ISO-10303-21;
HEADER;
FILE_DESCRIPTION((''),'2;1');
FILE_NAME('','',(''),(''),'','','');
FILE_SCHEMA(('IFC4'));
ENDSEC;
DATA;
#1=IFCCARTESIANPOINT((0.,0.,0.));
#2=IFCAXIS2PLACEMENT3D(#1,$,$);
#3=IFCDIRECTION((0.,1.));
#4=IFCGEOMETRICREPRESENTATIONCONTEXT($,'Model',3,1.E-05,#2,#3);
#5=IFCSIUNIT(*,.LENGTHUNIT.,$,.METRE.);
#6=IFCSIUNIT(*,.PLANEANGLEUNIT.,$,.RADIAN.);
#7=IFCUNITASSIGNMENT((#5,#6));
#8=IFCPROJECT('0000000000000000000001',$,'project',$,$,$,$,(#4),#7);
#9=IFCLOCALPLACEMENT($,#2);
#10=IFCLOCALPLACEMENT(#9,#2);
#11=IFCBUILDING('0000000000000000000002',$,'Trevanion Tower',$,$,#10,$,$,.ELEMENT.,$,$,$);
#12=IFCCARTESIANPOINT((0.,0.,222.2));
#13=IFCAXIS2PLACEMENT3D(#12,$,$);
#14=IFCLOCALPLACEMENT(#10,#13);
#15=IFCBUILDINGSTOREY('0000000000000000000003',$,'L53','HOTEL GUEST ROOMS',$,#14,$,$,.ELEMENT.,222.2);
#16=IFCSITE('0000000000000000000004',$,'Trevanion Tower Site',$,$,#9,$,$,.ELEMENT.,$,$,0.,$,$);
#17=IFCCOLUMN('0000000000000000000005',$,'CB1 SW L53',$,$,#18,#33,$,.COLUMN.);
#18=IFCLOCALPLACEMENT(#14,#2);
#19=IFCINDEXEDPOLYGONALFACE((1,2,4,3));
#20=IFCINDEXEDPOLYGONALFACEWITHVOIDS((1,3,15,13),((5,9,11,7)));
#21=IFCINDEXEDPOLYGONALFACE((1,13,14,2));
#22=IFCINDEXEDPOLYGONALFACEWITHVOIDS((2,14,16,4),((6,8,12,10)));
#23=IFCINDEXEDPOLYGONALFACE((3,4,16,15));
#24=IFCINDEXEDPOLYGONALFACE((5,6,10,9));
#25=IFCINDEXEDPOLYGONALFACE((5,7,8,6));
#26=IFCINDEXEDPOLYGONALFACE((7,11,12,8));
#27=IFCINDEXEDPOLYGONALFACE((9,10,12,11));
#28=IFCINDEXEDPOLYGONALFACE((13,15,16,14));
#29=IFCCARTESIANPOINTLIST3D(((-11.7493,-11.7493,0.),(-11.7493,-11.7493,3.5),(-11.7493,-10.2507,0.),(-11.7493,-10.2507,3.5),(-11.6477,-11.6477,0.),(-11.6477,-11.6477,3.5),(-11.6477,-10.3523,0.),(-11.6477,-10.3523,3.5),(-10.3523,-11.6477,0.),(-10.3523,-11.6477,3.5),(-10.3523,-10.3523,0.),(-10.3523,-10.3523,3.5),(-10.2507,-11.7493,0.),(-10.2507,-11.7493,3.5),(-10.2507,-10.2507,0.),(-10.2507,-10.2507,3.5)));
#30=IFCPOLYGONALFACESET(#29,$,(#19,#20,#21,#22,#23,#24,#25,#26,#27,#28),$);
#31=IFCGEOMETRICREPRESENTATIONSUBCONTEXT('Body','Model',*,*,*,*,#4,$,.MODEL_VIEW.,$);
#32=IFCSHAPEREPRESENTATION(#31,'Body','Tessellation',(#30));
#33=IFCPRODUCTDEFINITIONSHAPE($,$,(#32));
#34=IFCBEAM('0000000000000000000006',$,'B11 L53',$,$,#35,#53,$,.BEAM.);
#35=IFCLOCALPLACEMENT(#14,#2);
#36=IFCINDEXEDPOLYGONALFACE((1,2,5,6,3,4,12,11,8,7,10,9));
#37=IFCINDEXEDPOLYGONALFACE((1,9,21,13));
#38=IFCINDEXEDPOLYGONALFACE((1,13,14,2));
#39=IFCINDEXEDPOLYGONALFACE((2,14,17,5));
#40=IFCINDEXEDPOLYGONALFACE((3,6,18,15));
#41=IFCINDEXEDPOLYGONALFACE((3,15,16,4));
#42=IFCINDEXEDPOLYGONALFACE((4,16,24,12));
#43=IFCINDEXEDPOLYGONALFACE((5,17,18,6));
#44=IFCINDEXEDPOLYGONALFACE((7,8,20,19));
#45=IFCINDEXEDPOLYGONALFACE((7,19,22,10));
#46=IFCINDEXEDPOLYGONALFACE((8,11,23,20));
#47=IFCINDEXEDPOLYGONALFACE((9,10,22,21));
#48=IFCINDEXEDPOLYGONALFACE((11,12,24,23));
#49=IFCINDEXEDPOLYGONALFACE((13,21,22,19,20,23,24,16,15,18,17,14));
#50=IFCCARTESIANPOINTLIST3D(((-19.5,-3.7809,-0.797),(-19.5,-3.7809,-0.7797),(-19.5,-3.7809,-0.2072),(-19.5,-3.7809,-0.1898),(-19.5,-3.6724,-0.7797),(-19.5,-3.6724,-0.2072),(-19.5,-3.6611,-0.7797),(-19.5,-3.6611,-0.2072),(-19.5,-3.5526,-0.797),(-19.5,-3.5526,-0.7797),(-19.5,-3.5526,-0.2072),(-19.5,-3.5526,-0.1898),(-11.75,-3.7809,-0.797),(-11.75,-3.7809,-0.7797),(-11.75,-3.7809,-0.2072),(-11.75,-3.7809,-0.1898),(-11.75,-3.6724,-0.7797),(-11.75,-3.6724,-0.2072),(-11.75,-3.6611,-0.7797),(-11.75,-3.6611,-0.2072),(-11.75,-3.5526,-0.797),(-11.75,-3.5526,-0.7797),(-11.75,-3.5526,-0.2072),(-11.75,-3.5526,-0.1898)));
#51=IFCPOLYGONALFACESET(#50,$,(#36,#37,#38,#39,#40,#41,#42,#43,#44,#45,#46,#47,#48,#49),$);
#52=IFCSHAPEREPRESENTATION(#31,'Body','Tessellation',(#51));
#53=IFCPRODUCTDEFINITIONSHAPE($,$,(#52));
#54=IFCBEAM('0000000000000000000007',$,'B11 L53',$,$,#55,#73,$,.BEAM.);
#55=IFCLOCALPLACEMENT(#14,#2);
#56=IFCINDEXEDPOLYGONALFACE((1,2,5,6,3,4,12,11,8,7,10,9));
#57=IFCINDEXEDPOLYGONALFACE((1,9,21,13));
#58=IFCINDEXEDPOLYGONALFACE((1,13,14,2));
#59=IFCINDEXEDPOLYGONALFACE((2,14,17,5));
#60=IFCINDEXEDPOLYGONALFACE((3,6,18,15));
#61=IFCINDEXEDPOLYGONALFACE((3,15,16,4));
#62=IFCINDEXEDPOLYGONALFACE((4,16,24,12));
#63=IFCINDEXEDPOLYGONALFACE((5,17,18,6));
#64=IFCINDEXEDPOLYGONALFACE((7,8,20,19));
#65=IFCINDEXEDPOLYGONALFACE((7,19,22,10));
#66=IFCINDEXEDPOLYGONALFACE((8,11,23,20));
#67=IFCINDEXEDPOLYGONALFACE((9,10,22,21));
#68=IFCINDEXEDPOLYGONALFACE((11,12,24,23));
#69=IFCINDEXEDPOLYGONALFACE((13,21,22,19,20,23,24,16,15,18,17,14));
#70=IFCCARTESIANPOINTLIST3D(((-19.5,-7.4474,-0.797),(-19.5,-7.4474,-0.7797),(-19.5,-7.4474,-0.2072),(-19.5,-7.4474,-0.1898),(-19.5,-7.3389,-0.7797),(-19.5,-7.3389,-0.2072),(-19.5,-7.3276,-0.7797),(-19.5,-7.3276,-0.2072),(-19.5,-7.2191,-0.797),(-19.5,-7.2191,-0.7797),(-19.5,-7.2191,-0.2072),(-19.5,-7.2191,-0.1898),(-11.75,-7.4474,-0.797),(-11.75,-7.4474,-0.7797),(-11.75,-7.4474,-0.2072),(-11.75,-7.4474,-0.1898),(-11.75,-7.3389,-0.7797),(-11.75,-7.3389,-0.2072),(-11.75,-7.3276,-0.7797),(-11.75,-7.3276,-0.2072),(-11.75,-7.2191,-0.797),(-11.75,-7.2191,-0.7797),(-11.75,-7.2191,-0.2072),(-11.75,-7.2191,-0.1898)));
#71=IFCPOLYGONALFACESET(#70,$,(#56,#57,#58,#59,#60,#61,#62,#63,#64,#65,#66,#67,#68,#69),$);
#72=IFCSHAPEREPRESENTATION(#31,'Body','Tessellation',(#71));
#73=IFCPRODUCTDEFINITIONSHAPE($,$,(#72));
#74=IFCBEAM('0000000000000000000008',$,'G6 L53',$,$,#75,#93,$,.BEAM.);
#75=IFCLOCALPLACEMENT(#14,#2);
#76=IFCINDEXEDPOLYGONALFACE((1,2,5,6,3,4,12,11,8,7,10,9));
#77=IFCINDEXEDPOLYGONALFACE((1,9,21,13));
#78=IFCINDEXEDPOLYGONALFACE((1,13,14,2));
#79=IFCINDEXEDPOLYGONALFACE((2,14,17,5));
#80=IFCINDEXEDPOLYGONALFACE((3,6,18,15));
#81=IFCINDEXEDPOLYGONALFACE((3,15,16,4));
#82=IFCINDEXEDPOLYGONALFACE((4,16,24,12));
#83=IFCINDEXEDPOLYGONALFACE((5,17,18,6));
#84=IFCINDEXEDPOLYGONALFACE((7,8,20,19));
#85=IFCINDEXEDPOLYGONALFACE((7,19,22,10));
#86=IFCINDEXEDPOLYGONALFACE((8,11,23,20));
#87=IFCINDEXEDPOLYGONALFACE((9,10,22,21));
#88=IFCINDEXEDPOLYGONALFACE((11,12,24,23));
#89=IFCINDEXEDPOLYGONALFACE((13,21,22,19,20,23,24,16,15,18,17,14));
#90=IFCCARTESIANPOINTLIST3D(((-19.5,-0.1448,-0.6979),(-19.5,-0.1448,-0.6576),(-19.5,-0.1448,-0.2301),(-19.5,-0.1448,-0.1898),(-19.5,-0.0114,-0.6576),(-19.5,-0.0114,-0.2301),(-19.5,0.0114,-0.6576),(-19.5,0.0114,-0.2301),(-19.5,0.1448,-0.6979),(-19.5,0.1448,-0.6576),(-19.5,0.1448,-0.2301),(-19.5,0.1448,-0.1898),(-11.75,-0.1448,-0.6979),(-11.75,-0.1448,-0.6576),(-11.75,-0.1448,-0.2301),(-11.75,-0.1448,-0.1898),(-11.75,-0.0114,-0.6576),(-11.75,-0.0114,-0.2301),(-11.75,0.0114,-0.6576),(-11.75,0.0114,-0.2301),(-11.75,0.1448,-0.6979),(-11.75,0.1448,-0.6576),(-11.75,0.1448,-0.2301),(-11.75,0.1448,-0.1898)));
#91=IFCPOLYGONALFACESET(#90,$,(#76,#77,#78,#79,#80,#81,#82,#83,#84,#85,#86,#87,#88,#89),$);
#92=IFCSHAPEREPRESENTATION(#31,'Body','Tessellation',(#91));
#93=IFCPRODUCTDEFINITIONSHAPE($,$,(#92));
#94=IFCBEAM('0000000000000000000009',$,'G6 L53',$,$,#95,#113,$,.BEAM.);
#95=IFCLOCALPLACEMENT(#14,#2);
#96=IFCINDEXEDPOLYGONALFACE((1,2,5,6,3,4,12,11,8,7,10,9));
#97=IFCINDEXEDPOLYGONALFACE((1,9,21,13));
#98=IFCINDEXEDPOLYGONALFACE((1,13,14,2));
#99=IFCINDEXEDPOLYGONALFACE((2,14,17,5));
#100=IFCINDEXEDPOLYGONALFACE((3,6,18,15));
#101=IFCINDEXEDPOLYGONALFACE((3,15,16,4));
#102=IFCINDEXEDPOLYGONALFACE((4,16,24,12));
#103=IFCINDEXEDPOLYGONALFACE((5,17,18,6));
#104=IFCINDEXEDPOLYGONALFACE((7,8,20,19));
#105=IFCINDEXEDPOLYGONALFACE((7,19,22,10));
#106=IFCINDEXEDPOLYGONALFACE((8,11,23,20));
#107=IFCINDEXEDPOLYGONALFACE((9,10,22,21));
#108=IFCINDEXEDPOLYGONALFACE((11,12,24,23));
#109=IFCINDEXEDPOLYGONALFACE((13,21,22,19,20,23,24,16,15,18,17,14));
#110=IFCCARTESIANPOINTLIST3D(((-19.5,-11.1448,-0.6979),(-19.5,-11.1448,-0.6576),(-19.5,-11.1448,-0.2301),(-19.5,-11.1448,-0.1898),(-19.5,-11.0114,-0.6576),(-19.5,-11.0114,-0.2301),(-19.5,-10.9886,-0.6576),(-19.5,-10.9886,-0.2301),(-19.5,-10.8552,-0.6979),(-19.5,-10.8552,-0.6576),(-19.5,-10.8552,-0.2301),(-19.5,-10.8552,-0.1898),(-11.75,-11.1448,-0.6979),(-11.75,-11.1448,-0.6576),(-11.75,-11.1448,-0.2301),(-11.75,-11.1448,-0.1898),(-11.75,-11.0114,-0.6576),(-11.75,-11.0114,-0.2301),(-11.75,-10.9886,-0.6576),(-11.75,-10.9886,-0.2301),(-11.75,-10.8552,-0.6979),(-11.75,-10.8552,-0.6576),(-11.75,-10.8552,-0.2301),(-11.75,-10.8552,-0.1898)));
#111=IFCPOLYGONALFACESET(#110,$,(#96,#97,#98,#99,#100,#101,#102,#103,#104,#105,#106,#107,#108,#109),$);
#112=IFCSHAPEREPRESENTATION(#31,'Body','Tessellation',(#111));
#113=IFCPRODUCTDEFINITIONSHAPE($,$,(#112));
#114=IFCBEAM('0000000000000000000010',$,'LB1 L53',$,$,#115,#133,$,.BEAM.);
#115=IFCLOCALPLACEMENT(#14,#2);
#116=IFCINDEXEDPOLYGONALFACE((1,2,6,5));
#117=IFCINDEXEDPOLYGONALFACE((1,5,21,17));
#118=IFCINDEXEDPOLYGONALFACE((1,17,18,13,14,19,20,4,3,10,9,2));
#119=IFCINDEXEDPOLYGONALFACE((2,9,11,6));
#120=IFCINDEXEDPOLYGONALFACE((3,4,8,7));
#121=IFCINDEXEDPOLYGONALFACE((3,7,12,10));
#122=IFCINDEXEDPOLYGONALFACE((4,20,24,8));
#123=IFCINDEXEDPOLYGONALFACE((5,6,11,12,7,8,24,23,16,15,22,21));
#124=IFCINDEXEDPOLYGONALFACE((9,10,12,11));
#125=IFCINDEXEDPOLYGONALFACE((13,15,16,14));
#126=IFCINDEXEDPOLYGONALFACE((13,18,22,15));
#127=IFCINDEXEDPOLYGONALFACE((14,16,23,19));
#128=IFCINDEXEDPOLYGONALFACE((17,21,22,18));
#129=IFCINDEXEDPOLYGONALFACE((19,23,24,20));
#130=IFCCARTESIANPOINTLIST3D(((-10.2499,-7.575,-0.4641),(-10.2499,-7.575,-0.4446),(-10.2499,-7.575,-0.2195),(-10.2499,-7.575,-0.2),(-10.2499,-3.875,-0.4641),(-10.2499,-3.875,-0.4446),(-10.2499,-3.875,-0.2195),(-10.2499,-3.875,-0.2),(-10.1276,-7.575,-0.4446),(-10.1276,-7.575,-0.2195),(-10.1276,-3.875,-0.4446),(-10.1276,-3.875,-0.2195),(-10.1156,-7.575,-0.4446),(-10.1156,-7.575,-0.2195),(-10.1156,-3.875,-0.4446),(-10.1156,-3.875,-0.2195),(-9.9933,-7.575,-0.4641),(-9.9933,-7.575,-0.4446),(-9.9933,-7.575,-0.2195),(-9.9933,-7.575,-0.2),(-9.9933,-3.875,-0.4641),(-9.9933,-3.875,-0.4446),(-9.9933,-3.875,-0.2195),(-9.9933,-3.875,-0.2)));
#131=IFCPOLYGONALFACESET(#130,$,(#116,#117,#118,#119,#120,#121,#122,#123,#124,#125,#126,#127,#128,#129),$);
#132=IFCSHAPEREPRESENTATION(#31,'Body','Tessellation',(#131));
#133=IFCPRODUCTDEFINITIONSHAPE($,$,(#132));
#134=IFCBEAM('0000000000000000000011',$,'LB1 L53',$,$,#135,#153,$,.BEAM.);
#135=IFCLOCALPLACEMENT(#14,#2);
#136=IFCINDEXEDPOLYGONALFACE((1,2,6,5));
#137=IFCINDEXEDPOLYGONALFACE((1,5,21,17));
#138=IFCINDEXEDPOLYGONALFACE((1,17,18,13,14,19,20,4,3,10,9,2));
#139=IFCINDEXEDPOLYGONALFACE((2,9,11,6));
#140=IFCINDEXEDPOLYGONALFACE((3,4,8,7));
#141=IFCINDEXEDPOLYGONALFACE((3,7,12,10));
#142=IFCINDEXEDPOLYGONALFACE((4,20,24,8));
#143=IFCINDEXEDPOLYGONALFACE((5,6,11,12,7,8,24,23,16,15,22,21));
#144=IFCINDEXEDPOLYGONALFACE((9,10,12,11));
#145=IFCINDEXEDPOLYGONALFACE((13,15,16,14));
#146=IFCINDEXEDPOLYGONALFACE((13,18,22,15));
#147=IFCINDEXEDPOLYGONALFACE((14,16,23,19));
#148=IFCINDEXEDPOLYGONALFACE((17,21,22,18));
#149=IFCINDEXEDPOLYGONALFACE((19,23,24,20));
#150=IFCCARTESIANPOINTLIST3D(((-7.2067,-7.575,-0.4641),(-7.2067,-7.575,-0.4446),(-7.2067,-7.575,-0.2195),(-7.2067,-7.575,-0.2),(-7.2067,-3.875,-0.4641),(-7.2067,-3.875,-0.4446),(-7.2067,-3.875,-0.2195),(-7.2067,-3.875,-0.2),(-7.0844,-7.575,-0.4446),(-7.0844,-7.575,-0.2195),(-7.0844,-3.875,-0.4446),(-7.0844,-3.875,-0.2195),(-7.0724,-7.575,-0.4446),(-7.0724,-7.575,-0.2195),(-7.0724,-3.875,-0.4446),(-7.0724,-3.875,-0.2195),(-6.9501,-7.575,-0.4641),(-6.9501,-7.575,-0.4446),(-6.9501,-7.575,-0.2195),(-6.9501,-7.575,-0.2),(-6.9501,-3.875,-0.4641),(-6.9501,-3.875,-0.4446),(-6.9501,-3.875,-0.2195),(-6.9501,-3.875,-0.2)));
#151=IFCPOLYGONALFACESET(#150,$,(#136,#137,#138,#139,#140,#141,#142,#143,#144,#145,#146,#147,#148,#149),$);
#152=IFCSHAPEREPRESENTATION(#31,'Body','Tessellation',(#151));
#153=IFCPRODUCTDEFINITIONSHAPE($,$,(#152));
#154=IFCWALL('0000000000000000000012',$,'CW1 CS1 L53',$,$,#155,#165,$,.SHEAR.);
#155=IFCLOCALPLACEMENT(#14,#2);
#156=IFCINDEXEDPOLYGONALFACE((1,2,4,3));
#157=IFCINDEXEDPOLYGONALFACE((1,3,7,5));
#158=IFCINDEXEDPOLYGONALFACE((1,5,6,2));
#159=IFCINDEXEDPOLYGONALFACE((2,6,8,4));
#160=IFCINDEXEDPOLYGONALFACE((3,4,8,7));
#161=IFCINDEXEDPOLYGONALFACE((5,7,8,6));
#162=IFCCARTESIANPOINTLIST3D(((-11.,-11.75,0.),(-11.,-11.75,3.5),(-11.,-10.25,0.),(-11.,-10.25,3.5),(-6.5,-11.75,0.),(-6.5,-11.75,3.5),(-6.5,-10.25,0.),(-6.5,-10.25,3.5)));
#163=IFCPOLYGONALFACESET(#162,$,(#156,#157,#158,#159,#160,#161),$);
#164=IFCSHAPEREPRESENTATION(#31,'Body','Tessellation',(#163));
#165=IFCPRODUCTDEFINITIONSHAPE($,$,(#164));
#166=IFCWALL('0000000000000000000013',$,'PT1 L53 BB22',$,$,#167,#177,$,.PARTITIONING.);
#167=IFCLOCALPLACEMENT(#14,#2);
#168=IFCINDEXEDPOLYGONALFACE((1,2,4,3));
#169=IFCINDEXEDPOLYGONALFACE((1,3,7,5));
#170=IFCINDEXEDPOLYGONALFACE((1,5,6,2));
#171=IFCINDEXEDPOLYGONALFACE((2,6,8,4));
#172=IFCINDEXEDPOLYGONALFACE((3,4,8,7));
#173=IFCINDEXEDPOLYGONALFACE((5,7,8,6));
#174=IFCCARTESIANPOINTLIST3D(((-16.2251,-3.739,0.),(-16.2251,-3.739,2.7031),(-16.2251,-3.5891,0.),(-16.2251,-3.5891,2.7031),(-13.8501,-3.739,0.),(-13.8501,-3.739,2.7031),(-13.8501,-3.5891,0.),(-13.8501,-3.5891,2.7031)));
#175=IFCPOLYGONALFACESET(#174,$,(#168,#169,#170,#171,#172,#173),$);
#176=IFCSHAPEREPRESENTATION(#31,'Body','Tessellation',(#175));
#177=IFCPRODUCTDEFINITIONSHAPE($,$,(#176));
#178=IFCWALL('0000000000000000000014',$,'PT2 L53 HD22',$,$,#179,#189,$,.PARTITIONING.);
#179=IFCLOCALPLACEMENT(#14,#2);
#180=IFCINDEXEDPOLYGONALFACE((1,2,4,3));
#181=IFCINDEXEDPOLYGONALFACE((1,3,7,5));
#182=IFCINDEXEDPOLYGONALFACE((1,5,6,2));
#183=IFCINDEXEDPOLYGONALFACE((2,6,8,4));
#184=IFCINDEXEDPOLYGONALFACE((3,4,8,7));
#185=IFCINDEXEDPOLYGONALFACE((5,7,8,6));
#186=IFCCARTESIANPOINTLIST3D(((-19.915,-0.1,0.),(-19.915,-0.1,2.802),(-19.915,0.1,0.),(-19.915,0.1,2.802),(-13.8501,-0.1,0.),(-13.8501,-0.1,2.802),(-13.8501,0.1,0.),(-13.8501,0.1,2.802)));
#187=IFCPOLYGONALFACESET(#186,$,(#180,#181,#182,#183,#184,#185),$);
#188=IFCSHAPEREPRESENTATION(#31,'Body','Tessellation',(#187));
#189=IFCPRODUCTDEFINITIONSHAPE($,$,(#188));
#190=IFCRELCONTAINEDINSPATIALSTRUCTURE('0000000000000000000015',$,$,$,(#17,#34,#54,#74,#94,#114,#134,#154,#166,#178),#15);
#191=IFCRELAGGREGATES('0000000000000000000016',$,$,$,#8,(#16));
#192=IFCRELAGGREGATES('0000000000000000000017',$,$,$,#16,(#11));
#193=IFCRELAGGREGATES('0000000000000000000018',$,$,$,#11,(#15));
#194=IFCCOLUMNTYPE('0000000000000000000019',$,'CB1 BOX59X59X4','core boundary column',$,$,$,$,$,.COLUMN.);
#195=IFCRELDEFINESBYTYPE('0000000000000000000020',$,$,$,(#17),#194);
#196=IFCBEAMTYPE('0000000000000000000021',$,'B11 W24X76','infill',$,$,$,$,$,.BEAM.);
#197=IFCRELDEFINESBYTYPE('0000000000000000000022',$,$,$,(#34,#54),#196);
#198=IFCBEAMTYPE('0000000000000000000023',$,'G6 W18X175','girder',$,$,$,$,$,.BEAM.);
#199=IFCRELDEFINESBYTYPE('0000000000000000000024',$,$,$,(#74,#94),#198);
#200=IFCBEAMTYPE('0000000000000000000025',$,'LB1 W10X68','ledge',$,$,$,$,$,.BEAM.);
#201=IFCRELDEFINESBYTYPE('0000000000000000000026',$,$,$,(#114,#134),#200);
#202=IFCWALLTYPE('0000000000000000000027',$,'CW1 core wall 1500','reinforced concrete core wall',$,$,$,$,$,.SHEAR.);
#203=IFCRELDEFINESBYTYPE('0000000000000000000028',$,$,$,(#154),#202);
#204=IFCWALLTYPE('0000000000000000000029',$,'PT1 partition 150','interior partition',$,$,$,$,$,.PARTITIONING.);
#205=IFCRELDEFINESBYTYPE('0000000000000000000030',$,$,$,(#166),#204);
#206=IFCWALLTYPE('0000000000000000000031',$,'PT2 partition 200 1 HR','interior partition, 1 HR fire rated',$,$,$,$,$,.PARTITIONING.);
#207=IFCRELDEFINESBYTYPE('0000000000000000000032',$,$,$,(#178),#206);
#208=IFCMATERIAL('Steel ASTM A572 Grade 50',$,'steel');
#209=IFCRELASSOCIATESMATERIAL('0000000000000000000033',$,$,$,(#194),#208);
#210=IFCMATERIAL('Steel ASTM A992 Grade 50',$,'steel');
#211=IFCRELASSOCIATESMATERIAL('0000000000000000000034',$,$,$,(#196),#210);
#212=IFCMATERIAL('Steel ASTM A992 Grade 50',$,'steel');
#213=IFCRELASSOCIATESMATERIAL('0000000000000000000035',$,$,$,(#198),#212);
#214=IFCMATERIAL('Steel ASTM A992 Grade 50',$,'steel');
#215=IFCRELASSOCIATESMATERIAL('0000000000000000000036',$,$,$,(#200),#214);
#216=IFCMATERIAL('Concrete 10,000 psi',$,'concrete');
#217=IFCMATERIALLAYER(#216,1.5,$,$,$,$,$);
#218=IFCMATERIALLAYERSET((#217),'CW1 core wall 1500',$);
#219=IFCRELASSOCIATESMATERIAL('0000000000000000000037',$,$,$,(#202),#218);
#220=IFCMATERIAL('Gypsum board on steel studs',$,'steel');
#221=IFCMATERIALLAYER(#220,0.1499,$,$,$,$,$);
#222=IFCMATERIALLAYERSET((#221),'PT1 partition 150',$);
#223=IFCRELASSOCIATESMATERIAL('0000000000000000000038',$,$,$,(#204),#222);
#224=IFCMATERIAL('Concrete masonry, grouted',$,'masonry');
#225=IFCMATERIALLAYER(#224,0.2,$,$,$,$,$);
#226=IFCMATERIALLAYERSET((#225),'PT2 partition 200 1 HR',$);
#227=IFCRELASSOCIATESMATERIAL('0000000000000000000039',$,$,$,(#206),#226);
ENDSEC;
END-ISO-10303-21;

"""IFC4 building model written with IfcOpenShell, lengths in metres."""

from ifc_helpers import new_model, si_unit, direction, frame, frame_2d, origin, origin_2d, place, context, subcontext, project, spatial, rectangle, hollow_rectangle, i_section, extrude, material, layer, layer_set, material_profile, profile_set, type_object, element, save


model = new_model("IFC4")

# Units and contexts
model_context = context("Model", 3, precision=1e-05, world=origin(), true_north=direction((0.0, 1.0)))
body_context = subcontext(model_context, "Body", "Model", "MODEL_VIEW")
ifc_project = project(units=[si_unit("LENGTHUNIT", "METRE"), si_unit("PLANEANGLEUNIT", "RADIAN")], contexts=[model_context])

# Site, building, storey
site_placement = place(None, origin())
site = spatial("IfcSite", under=ifc_project, at=site_placement, Name="Trevanion Tower Site", CompositionType="ELEMENT", RefElevation=0.0)
building_placement = place(site_placement, origin())
building = spatial("IfcBuilding", under=site, at=building_placement, Name="Trevanion Tower", CompositionType="ELEMENT")
storey_placement = place(building_placement, frame((0.0, 0.0, 222.2)))
storey = spatial("IfcBuildingStorey", under=building, at=storey_placement, Name="L53", Description="HOTEL GUEST ROOMS", CompositionType="ELEMENT", Elevation=222.2)

# Column
ifc_material_1 = material(Name="Steel ASTM A572 Grade 50", Category="steel")
ifc_material_profile_1 = material_profile(ifc_material_1, hollow_rectangle(XDim=1.4985, YDim=1.4985, WallThickness=0.1016, at=origin_2d()), Name="BOX59X59X4")
ifc_profile_set_1 = profile_set([ifc_material_profile_1], Name="Steel ASTM A572 Grade 50")
column_type = type_object("IfcColumnType", Name="CB1 BOX59X59X4", Description="core boundary column", PredefinedType="COLUMN", material=ifc_profile_set_1)
column_placement = place(storey_placement, frame((-11.0, -11.0, 0.0), z_axis=(0.0, 0.0, 1.0), x_axis=(1.0, 0.0, 0.0)))
element("IfcColumn", 1, at=column_placement, inside=storey, type_object=column_type, Name="CB1 SW L53", PredefinedType="COLUMN", context=body_context, shape_type="SweptSolid", body=[
    extrude(hollow_rectangle(XDim=1.4985, YDim=1.4985, WallThickness=0.1016, at=origin_2d()), origin(), (0.0, 0.0, 1.0), 3.5),
])

# Beams
ifc_material_2 = material(Name="Steel ASTM A992 Grade 50", Category="steel")
ifc_material_profile_2 = material_profile(ifc_material_2, i_section(OverallWidth=0.2283, OverallDepth=0.6072, WebThickness=0.0112, FlangeThickness=0.0173, at=origin_2d()), Name="W24X76")
ifc_profile_set_2 = profile_set([ifc_material_profile_2], Name="Steel ASTM A992 Grade 50")
beam_type_1 = type_object("IfcBeamType", Name="B11 W24X76", Description="infill", PredefinedType="BEAM", material=ifc_profile_set_2)
for number, where, z_axis, x_axis, name in (
    (2, (-11.75, -3.6667, -0.4934), (-1.0, 0.0, 0.0), (0.0, -1.0, 0.0), "B11 L53"),
    (3, (-11.75, -7.3333, -0.4934), (-1.0, 0.0, 0.0), (0.0, -1.0, 0.0), "B11 L53"),
):
    element("IfcBeam", number, at=place(storey_placement, frame(where, z_axis=z_axis, x_axis=x_axis)), inside=storey, type_object=beam_type_1, Name=name, PredefinedType="BEAM", context=body_context, shape_type="SweptSolid", body=[
        extrude(i_section(OverallWidth=0.2283, OverallDepth=0.6072, WebThickness=0.0112, FlangeThickness=0.0173, at=origin_2d()), origin(), (0.0, 0.0, 1.0), 7.75),
    ])
ifc_material_3 = material(Name="Steel ASTM A992 Grade 50", Category="steel")
ifc_material_profile_3 = material_profile(ifc_material_3, i_section(OverallWidth=0.2896, OverallDepth=0.5081, WebThickness=0.0227, FlangeThickness=0.0403, at=origin_2d()), Name="W18X175")
ifc_profile_set_3 = profile_set([ifc_material_profile_3], Name="Steel ASTM A992 Grade 50")
beam_type_2 = type_object("IfcBeamType", Name="G6 W18X175", Description="girder", PredefinedType="BEAM", material=ifc_profile_set_3)
for number, where, z_axis, x_axis, name in (
    (4, (-11.75, 0.0, -0.4438), (-1.0, 0.0, 0.0), (0.0, -1.0, 0.0), "G6 L53"),
    (5, (-11.75, -11.0, -0.4438), (-1.0, 0.0, 0.0), (0.0, -1.0, 0.0), "G6 L53"),
):
    element("IfcBeam", number, at=place(storey_placement, frame(where, z_axis=z_axis, x_axis=x_axis)), inside=storey, type_object=beam_type_2, Name=name, PredefinedType="BEAM", context=body_context, shape_type="SweptSolid", body=[
        extrude(i_section(OverallWidth=0.2896, OverallDepth=0.5081, WebThickness=0.0227, FlangeThickness=0.0403, at=origin_2d()), origin(), (0.0, 0.0, 1.0), 7.75),
    ])
ifc_material_4 = material(Name="Steel ASTM A992 Grade 50", Category="steel")
ifc_material_profile_4 = material_profile(ifc_material_4, i_section(OverallWidth=0.2566, OverallDepth=0.2642, WebThickness=0.012, FlangeThickness=0.0195, at=origin_2d()), Name="W10X68")
ifc_profile_set_4 = profile_set([ifc_material_profile_4], Name="Steel ASTM A992 Grade 50")
beam_type_3 = type_object("IfcBeamType", Name="LB1 W10X68", Description="ledge", PredefinedType="BEAM", material=ifc_profile_set_4)
for number, where, z_axis, x_axis, name in (
    (6, (-10.1216, -7.575, -0.332), (0.0, 1.0, 0.0), (-1.0, 0.0, 0.0), "LB1 L53"),
    (7, (-7.0784, -7.575, -0.332), (0.0, 1.0, 0.0), (-1.0, 0.0, 0.0), "LB1 L53"),
):
    element("IfcBeam", number, at=place(storey_placement, frame(where, z_axis=z_axis, x_axis=x_axis)), inside=storey, type_object=beam_type_3, Name=name, PredefinedType="BEAM", context=body_context, shape_type="SweptSolid", body=[
        extrude(i_section(OverallWidth=0.2566, OverallDepth=0.2642, WebThickness=0.012, FlangeThickness=0.0195, at=origin_2d()), origin(), (0.0, 0.0, 1.0), 3.7),
    ])

# Walls
ifc_material_5 = material(Name="Concrete 10,000 psi", Category="concrete")
ifc_layer_1 = layer(ifc_material_5, 1.5)
ifc_layer_set_1 = layer_set([ifc_layer_1], Name="CW1 core wall 1500")
wall_type_1 = type_object("IfcWallType", Name="CW1 core wall 1500", Description="reinforced concrete core wall", PredefinedType="SHEAR", material=ifc_layer_set_1)
wall_1_placement = place(storey_placement, frame((-11.0, -11.0, 0.0), z_axis=(0.0, 0.0, 1.0), x_axis=(1.0, 0.0, 0.0)))
element("IfcWall", 8, at=wall_1_placement, inside=storey, type_object=wall_type_1, Name="CW1 CS1 L53", PredefinedType="SHEAR", context=body_context, shape_type="SweptSolid", body=[
    extrude(rectangle(XDim=4.5, YDim=1.5, at=frame_2d((2.25, 0.0))), origin(), (0.0, 0.0, 1.0), 3.5),
])
ifc_material_6 = material(Name="Gypsum board on steel studs", Category="steel")
ifc_layer_2 = layer(ifc_material_6, 0.1499)
ifc_layer_set_2 = layer_set([ifc_layer_2], Name="PT1 partition 150")
wall_type_2 = type_object("IfcWallType", Name="PT1 partition 150", Description="interior partition", PredefinedType="PARTITIONING", material=ifc_layer_set_2)
wall_2_placement = place(storey_placement, frame((-13.8501, -3.6641, 0.0), z_axis=(0.0, 0.0, 1.0), x_axis=(-1.0, 0.0, 0.0)))
element("IfcWall", 9, at=wall_2_placement, inside=storey, type_object=wall_type_2, Name="PT1 L53 BB22", PredefinedType="PARTITIONING", context=body_context, shape_type="SweptSolid", body=[
    extrude(rectangle(XDim=2.375, YDim=0.1499, at=frame_2d((1.1875, 0.0))), origin(), (0.0, 0.0, 1.0), 2.7031),
])
ifc_material_7 = material(Name="Concrete masonry, grouted", Category="masonry")
ifc_layer_3 = layer(ifc_material_7, 0.2)
ifc_layer_set_3 = layer_set([ifc_layer_3], Name="PT2 partition 200 1 HR")
wall_type_3 = type_object("IfcWallType", Name="PT2 partition 200 1 HR", Description="interior partition, 1 HR fire rated", PredefinedType="PARTITIONING", material=ifc_layer_set_3)
wall_3_placement = place(storey_placement, frame((-13.8501, 0.0, 0.0), z_axis=(0.0, 0.0, 1.0), x_axis=(-1.0, 0.0, 0.0)))
element("IfcWall", 10, at=wall_3_placement, inside=storey, type_object=wall_type_3, Name="PT2 L53 HD22", PredefinedType="PARTITIONING", context=body_context, shape_type="SweptSolid", body=[
    extrude(rectangle(XDim=6.0649, YDim=0.2, at=frame_2d((3.0325, 0.0))), origin(), (0.0, 0.0, 1.0), 2.802),
])

save(model, "model.ifc")
